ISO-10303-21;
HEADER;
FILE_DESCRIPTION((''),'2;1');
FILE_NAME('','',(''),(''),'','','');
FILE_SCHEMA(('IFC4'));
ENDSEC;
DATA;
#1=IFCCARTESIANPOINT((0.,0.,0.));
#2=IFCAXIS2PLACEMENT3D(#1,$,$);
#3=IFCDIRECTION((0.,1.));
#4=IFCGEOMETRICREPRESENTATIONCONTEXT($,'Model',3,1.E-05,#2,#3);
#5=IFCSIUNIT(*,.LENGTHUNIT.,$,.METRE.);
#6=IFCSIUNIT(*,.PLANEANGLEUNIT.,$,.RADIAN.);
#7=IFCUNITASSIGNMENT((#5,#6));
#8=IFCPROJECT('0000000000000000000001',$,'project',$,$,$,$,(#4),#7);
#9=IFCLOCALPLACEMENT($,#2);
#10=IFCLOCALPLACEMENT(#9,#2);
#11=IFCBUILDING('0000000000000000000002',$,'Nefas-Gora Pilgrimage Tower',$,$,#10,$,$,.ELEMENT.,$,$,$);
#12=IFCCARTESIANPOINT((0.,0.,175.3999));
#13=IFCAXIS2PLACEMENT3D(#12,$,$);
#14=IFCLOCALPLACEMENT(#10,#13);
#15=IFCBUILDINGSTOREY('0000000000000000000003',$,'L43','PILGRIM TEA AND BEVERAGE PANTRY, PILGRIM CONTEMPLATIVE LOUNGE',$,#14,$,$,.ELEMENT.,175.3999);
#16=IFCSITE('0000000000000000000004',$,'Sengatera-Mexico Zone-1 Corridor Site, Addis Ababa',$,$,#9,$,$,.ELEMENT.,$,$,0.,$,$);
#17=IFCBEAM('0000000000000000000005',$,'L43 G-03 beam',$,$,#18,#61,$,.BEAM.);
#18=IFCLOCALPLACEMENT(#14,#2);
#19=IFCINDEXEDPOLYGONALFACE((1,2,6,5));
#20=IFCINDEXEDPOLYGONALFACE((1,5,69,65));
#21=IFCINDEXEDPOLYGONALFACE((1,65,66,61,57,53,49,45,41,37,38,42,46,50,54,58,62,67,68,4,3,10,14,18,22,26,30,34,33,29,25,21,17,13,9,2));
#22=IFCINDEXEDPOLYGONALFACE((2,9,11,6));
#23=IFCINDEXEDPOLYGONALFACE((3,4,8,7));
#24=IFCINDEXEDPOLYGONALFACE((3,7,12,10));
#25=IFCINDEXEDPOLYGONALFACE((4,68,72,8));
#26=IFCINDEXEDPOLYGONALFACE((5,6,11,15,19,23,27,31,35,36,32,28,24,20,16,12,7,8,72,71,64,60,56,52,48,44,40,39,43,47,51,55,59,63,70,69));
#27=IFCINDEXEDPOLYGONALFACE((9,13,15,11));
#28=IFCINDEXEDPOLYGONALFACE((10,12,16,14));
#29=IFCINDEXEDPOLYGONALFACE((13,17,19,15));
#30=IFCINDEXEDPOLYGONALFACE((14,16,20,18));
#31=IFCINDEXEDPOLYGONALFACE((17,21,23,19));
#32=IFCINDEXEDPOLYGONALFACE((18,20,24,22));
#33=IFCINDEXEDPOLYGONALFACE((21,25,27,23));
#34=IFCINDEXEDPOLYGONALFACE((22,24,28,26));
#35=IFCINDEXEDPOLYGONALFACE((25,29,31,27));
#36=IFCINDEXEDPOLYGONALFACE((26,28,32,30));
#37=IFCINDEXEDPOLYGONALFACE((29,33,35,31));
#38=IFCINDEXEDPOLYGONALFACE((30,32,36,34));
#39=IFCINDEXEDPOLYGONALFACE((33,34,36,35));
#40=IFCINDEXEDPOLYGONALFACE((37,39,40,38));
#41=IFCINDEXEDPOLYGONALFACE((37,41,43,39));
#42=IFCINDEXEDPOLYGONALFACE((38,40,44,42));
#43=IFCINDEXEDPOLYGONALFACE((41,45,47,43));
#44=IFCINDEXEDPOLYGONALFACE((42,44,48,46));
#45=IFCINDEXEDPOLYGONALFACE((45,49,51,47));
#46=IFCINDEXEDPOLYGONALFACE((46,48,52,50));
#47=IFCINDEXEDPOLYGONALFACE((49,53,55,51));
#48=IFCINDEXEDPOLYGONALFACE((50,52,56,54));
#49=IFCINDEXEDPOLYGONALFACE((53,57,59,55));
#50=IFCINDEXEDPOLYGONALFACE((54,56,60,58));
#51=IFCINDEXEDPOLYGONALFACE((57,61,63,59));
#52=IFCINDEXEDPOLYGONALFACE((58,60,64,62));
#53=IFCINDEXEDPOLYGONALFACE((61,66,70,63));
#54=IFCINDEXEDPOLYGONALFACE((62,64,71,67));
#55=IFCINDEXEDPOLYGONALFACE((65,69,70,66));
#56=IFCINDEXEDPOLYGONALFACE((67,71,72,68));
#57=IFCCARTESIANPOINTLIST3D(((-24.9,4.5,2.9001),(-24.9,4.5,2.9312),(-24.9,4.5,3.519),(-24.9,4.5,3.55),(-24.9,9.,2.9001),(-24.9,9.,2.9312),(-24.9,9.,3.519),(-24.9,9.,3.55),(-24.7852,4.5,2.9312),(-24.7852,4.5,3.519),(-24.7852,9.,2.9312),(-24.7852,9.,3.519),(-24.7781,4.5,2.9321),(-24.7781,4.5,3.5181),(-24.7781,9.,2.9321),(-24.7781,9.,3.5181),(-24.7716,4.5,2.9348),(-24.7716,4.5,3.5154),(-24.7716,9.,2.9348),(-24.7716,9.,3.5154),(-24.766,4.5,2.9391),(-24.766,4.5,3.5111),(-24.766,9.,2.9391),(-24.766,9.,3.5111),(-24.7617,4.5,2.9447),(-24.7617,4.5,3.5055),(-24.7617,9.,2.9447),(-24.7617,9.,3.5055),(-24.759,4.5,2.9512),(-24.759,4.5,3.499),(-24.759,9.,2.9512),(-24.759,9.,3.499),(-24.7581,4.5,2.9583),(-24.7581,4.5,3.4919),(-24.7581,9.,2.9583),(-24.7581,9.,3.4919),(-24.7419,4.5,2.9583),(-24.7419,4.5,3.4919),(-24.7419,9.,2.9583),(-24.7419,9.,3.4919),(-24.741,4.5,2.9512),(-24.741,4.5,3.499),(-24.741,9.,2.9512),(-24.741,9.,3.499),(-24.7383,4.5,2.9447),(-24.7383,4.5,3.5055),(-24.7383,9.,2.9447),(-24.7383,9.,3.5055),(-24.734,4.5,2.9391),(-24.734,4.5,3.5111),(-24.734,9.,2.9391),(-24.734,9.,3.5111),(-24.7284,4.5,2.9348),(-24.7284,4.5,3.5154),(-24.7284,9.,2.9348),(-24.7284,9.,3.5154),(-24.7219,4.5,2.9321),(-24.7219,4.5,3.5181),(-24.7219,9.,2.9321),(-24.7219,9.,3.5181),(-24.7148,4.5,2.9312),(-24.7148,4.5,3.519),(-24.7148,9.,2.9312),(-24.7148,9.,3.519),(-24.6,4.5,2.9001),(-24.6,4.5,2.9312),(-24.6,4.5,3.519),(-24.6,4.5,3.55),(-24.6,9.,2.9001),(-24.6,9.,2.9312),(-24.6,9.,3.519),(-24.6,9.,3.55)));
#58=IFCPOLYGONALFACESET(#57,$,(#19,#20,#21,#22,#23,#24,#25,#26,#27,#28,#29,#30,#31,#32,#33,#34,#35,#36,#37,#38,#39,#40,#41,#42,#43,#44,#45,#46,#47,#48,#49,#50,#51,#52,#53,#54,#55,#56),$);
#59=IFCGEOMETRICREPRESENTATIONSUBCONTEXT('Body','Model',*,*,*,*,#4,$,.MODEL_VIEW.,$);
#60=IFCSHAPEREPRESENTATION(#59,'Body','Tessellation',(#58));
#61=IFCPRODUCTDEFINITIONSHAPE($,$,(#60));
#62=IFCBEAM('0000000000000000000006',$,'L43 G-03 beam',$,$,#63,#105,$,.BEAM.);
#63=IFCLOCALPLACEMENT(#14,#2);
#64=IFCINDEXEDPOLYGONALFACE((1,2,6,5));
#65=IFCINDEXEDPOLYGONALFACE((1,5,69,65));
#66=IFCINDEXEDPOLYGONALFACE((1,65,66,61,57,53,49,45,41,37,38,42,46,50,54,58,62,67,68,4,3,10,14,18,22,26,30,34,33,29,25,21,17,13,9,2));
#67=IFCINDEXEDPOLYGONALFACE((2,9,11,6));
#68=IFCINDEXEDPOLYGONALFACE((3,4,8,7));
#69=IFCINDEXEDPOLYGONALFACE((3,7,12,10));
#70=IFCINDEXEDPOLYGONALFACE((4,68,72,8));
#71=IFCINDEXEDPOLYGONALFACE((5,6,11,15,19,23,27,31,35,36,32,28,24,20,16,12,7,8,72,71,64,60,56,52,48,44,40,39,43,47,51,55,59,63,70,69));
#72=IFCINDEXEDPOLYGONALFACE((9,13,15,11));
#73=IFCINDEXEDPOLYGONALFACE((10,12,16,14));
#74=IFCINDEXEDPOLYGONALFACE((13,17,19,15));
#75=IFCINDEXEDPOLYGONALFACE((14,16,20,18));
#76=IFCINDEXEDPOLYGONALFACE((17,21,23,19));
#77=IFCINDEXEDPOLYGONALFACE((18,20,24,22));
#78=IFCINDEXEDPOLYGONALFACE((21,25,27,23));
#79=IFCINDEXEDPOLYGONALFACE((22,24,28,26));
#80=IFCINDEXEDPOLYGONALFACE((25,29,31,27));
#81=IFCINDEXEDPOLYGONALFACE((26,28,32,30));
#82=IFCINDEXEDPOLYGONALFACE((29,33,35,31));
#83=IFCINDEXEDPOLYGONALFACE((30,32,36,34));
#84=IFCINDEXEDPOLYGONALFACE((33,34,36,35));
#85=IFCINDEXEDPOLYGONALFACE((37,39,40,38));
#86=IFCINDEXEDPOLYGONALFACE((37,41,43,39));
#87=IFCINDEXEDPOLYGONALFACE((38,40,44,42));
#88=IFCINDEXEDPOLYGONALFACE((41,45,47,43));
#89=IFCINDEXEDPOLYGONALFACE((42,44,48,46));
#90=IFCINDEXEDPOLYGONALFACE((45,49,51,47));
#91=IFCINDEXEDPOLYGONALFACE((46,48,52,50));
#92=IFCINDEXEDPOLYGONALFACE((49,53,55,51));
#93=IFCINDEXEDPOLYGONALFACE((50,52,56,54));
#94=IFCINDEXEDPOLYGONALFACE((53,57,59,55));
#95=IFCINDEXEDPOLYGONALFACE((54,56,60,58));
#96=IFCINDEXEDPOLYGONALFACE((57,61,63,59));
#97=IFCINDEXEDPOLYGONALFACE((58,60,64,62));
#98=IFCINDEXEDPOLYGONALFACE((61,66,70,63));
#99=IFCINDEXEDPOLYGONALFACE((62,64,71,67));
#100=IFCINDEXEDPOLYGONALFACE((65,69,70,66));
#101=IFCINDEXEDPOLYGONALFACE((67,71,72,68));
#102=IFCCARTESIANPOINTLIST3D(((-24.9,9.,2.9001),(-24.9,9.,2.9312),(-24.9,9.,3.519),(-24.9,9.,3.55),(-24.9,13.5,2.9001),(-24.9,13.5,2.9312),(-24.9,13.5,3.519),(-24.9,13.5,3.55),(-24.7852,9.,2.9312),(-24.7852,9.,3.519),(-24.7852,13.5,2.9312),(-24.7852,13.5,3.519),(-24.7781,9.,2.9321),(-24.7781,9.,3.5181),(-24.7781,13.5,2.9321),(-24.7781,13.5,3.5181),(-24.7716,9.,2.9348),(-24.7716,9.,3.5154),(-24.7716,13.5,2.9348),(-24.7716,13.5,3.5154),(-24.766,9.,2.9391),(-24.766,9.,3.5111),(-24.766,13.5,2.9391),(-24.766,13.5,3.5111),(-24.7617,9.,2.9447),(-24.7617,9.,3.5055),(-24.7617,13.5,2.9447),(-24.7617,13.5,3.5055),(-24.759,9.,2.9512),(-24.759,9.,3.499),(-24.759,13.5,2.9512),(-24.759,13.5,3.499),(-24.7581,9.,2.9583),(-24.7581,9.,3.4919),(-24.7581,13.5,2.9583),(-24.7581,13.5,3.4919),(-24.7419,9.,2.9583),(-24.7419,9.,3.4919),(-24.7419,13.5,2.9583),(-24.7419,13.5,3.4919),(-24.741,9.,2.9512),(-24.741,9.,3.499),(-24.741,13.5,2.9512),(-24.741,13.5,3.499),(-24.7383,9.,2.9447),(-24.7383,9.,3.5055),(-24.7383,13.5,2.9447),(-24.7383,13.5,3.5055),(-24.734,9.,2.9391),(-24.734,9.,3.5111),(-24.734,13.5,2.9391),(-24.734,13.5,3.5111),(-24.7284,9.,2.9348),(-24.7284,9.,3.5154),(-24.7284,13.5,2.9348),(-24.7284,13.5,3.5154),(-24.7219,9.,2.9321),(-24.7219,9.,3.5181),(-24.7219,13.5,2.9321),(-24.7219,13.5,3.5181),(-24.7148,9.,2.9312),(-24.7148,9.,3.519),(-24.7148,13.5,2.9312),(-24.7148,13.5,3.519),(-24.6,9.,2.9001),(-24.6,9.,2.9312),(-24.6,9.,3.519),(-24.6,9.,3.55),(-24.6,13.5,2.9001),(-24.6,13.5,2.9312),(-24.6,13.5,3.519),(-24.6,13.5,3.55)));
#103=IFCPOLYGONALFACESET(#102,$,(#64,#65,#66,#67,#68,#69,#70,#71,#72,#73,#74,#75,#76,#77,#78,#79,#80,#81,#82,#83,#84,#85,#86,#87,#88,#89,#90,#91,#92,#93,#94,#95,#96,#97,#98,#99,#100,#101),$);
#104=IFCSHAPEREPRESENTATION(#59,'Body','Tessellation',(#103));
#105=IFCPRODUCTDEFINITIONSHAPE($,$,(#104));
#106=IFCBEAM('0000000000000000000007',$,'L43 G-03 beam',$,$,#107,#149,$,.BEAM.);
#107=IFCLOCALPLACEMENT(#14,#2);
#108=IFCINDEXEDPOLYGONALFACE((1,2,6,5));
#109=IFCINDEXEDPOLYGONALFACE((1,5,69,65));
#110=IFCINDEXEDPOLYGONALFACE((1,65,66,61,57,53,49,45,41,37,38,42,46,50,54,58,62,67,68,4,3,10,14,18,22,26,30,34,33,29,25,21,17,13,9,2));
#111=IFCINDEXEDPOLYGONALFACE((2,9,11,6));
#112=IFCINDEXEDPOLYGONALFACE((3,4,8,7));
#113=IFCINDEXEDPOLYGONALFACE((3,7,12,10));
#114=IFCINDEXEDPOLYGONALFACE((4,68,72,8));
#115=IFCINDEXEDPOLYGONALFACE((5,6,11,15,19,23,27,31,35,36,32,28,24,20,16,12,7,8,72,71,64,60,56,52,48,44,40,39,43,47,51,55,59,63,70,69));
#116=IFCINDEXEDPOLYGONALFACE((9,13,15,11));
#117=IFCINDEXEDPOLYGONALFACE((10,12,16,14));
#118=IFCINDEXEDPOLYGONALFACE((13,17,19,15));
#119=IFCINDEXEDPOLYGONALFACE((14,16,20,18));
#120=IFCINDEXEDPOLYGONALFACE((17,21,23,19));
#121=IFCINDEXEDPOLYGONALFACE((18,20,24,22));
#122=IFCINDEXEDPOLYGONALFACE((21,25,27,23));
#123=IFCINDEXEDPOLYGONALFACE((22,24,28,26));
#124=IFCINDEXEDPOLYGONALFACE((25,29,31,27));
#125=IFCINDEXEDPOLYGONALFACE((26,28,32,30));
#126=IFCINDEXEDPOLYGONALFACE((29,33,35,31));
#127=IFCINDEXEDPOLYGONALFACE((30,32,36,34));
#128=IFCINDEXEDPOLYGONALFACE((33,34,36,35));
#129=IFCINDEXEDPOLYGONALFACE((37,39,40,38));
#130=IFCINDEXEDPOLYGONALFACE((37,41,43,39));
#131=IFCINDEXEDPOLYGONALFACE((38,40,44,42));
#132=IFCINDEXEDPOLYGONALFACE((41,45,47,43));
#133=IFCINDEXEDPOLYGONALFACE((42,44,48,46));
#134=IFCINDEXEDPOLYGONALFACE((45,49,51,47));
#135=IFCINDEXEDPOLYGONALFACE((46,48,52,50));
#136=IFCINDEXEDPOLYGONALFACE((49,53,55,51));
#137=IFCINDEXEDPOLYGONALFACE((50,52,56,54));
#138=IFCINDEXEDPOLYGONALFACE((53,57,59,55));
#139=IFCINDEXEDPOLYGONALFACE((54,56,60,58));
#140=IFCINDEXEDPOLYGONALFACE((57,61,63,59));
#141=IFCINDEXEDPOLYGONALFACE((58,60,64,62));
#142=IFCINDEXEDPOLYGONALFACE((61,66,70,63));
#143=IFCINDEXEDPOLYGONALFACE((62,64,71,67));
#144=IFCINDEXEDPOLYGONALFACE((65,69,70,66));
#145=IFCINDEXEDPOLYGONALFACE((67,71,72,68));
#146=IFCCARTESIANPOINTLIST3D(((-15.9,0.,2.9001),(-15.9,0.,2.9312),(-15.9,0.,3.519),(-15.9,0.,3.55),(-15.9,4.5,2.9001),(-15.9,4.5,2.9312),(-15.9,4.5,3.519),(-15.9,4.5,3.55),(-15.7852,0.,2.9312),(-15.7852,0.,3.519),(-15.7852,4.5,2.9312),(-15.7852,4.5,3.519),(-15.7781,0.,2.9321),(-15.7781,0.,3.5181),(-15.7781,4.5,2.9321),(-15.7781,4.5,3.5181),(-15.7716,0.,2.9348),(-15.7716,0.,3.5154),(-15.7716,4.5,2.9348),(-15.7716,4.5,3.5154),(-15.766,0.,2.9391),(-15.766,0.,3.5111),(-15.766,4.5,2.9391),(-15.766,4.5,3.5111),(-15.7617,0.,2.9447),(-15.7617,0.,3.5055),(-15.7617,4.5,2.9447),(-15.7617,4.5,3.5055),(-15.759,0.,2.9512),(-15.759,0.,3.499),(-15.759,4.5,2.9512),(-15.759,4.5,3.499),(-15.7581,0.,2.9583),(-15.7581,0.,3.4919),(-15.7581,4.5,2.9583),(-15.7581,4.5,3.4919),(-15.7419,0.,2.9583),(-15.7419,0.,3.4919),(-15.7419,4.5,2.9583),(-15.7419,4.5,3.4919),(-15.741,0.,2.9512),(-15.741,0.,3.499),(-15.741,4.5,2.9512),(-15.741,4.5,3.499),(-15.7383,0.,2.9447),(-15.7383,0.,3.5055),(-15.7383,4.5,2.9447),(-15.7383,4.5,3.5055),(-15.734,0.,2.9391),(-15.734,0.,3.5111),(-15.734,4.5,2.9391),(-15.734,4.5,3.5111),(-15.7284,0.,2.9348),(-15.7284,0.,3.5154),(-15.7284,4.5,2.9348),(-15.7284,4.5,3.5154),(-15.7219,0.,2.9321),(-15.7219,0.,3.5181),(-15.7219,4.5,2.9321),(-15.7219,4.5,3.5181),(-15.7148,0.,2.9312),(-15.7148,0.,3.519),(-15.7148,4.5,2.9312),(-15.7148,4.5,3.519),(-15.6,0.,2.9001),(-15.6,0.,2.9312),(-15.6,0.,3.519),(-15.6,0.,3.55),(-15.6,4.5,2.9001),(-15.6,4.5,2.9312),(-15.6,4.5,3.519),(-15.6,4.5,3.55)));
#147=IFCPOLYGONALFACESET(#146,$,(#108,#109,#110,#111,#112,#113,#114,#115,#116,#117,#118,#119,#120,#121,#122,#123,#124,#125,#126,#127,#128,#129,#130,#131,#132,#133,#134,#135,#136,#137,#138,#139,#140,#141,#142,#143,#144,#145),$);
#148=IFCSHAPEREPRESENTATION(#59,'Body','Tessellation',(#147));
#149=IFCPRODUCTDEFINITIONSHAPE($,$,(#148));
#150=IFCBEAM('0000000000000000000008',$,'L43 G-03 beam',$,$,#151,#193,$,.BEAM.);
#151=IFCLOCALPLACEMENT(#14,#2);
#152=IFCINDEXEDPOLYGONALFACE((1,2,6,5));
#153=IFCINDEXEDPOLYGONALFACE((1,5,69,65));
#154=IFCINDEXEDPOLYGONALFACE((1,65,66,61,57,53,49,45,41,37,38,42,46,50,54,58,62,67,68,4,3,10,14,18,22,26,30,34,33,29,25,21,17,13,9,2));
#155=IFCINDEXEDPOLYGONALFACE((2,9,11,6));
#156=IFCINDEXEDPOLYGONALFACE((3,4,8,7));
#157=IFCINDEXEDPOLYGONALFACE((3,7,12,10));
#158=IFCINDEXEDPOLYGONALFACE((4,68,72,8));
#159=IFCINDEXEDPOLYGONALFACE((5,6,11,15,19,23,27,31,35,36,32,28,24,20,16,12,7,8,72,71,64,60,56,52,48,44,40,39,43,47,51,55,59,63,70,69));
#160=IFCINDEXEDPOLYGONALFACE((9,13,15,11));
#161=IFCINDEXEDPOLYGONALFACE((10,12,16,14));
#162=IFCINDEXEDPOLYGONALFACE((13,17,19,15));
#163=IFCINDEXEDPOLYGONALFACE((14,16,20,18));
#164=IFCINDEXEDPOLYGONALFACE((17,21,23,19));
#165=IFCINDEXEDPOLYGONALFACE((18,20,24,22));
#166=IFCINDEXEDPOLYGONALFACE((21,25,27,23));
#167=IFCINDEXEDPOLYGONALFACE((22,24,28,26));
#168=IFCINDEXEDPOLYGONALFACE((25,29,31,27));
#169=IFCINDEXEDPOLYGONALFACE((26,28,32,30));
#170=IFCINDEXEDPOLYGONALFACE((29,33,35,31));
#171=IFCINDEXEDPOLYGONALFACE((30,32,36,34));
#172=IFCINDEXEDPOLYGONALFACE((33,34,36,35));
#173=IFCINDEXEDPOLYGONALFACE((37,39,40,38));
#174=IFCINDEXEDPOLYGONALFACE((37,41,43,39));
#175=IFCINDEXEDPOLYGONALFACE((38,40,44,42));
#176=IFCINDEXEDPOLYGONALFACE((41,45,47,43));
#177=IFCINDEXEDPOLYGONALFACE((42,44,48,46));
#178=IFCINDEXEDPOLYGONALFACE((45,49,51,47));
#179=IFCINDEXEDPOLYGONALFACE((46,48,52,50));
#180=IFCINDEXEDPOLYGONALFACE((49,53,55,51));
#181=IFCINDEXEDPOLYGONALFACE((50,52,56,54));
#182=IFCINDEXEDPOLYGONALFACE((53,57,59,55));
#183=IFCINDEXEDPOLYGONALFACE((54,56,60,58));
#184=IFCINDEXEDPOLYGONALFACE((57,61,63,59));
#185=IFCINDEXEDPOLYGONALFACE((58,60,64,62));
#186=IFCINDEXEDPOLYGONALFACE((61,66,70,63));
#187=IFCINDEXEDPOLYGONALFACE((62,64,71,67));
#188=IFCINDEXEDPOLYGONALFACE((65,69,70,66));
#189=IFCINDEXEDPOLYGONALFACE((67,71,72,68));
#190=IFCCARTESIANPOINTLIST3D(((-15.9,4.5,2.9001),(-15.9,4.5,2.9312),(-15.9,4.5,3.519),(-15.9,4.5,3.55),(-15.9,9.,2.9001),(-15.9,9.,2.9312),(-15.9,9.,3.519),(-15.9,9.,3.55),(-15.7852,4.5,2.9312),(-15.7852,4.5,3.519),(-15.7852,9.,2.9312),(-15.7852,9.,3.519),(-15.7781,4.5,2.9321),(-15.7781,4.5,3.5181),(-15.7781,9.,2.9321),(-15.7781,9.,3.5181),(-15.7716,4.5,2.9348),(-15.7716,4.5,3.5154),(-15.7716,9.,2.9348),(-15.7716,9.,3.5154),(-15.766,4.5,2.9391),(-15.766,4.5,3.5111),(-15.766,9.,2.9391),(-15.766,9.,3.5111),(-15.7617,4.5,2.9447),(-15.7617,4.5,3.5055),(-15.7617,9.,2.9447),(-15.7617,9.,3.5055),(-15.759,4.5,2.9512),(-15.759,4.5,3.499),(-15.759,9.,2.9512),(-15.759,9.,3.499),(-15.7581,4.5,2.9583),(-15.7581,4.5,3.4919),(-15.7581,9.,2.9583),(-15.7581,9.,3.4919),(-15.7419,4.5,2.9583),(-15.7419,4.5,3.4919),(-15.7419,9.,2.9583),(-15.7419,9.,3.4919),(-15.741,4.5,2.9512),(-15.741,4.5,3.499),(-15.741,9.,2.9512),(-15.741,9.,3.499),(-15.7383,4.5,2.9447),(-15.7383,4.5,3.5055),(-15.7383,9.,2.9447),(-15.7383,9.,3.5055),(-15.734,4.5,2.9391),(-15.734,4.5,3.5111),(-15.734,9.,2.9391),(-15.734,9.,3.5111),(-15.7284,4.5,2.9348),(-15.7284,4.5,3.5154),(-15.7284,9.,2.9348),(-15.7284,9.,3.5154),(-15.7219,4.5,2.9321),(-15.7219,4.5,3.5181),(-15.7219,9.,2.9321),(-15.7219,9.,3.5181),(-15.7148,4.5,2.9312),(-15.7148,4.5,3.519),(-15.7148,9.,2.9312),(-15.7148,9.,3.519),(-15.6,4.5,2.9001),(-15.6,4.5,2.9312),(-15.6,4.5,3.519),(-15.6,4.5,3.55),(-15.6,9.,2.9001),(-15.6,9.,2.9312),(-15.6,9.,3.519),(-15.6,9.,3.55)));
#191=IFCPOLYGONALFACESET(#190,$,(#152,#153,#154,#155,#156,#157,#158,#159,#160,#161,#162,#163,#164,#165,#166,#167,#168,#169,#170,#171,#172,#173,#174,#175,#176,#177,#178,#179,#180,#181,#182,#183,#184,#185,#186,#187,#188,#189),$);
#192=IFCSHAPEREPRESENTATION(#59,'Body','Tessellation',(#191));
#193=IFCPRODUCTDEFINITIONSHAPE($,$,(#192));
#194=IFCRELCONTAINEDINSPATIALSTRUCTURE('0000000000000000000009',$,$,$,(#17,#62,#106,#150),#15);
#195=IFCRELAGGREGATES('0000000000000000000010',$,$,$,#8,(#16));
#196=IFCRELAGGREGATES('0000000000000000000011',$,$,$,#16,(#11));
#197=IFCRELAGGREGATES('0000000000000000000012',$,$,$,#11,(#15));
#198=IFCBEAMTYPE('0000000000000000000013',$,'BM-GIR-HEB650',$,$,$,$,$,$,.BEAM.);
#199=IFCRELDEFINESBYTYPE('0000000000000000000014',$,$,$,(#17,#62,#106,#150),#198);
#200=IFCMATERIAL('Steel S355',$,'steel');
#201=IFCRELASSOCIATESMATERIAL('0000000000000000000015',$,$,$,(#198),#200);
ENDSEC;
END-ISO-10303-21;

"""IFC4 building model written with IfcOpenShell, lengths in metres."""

from ifc_helpers import new_model, si_unit, direction, frame, origin, origin_2d, place, context, subcontext, project, spatial, i_section, extrude, source, transform, mapped, material, material_profile, profile_set, type_object, element, save


model = new_model("IFC4")

# Units and contexts
model_context = context("Model", 3, precision=1e-05, world=origin(), true_north=direction((0.0, 1.0)))
body_context = subcontext(model_context, "Body", "Model", "MODEL_VIEW")
ifc_project = project(units=[si_unit("LENGTHUNIT", "METRE"), si_unit("PLANEANGLEUNIT", "RADIAN")], contexts=[model_context])

# Site, building, storey
site_placement = place(None, origin())
site = spatial("IfcSite", under=ifc_project, at=site_placement, Name="Sengatera-Mexico Zone-1 Corridor Site, Addis Ababa", CompositionType="ELEMENT", RefElevation=0.0)
building_placement = place(site_placement, origin())
building = spatial("IfcBuilding", under=site, at=building_placement, Name="Nefas-Gora Pilgrimage Tower", CompositionType="ELEMENT")
storey_placement = place(building_placement, frame((0.0, 0.0, 175.3999)))
storey = spatial("IfcBuildingStorey", under=building, at=storey_placement, Name="L43", Description="PILGRIM TEA AND BEVERAGE PANTRY, PILGRIM CONTEMPLATIVE LOUNGE", CompositionType="ELEMENT", Elevation=175.3999)

# Beams
ifc_material_1 = material(Name="Steel S355", Category="steel")
ifc_material_profile_1 = material_profile(ifc_material_1, i_section(OverallWidth=0.3, OverallDepth=0.6499, WebThickness=0.0161, FlangeThickness=0.031, FilletRadius=0.0271, at=origin_2d()), Name="HEB 650")
ifc_profile_set_1 = profile_set([ifc_material_profile_1], Name="Steel S355")
beam_type_1 = type_object("IfcBeamType", Name="BM-GIR-HEB650", PredefinedType="BEAM", material=ifc_profile_set_1)
shared_shape_1 = source(origin(), body_context, "Body", "SweptSolid", [
    extrude(i_section(OverallWidth=0.3, OverallDepth=0.6499, WebThickness=0.0161, FlangeThickness=0.031, FilletRadius=0.0271, at=origin_2d()), origin(), (0.0, 0.0, 1.0), 4.5),
])
for number, where, z_axis, x_axis, name in (
    (1, (-24.75, 4.5, 3.2251), (0.0, 1.0, 0.0), (-1.0, 0.0, 0.0), "L43 G-03 beam"),
    (2, (-24.75, 9.0, 3.2251), (0.0, 1.0, 0.0), (-1.0, 0.0, 0.0), "L43 G-03 beam"),
    (3, (-15.75, 0.0, 3.2251), (0.0, 1.0, 0.0), (-1.0, 0.0, 0.0), "L43 G-03 beam"),
    (4, (-15.75, 4.5, 3.2251), (0.0, 1.0, 0.0), (-1.0, 0.0, 0.0), "L43 G-03 beam"),
):
    element("IfcBeam", number, at=place(storey_placement, frame(where, z_axis=z_axis, x_axis=x_axis)), inside=storey, type_object=beam_type_1, Name=name, PredefinedType="BEAM", context=body_context, shape_type="MappedRepresentation", body=[
        mapped(shared_shape_1, transform((0.0, 0.0, 0.0), x_axis=(1.0, 0.0, 0.0), y_axis=(0.0, 1.0, 0.0), z_axis=(0.0, 0.0, 1.0), scale=1.0)),
    ])

save(model, "model.ifc")
